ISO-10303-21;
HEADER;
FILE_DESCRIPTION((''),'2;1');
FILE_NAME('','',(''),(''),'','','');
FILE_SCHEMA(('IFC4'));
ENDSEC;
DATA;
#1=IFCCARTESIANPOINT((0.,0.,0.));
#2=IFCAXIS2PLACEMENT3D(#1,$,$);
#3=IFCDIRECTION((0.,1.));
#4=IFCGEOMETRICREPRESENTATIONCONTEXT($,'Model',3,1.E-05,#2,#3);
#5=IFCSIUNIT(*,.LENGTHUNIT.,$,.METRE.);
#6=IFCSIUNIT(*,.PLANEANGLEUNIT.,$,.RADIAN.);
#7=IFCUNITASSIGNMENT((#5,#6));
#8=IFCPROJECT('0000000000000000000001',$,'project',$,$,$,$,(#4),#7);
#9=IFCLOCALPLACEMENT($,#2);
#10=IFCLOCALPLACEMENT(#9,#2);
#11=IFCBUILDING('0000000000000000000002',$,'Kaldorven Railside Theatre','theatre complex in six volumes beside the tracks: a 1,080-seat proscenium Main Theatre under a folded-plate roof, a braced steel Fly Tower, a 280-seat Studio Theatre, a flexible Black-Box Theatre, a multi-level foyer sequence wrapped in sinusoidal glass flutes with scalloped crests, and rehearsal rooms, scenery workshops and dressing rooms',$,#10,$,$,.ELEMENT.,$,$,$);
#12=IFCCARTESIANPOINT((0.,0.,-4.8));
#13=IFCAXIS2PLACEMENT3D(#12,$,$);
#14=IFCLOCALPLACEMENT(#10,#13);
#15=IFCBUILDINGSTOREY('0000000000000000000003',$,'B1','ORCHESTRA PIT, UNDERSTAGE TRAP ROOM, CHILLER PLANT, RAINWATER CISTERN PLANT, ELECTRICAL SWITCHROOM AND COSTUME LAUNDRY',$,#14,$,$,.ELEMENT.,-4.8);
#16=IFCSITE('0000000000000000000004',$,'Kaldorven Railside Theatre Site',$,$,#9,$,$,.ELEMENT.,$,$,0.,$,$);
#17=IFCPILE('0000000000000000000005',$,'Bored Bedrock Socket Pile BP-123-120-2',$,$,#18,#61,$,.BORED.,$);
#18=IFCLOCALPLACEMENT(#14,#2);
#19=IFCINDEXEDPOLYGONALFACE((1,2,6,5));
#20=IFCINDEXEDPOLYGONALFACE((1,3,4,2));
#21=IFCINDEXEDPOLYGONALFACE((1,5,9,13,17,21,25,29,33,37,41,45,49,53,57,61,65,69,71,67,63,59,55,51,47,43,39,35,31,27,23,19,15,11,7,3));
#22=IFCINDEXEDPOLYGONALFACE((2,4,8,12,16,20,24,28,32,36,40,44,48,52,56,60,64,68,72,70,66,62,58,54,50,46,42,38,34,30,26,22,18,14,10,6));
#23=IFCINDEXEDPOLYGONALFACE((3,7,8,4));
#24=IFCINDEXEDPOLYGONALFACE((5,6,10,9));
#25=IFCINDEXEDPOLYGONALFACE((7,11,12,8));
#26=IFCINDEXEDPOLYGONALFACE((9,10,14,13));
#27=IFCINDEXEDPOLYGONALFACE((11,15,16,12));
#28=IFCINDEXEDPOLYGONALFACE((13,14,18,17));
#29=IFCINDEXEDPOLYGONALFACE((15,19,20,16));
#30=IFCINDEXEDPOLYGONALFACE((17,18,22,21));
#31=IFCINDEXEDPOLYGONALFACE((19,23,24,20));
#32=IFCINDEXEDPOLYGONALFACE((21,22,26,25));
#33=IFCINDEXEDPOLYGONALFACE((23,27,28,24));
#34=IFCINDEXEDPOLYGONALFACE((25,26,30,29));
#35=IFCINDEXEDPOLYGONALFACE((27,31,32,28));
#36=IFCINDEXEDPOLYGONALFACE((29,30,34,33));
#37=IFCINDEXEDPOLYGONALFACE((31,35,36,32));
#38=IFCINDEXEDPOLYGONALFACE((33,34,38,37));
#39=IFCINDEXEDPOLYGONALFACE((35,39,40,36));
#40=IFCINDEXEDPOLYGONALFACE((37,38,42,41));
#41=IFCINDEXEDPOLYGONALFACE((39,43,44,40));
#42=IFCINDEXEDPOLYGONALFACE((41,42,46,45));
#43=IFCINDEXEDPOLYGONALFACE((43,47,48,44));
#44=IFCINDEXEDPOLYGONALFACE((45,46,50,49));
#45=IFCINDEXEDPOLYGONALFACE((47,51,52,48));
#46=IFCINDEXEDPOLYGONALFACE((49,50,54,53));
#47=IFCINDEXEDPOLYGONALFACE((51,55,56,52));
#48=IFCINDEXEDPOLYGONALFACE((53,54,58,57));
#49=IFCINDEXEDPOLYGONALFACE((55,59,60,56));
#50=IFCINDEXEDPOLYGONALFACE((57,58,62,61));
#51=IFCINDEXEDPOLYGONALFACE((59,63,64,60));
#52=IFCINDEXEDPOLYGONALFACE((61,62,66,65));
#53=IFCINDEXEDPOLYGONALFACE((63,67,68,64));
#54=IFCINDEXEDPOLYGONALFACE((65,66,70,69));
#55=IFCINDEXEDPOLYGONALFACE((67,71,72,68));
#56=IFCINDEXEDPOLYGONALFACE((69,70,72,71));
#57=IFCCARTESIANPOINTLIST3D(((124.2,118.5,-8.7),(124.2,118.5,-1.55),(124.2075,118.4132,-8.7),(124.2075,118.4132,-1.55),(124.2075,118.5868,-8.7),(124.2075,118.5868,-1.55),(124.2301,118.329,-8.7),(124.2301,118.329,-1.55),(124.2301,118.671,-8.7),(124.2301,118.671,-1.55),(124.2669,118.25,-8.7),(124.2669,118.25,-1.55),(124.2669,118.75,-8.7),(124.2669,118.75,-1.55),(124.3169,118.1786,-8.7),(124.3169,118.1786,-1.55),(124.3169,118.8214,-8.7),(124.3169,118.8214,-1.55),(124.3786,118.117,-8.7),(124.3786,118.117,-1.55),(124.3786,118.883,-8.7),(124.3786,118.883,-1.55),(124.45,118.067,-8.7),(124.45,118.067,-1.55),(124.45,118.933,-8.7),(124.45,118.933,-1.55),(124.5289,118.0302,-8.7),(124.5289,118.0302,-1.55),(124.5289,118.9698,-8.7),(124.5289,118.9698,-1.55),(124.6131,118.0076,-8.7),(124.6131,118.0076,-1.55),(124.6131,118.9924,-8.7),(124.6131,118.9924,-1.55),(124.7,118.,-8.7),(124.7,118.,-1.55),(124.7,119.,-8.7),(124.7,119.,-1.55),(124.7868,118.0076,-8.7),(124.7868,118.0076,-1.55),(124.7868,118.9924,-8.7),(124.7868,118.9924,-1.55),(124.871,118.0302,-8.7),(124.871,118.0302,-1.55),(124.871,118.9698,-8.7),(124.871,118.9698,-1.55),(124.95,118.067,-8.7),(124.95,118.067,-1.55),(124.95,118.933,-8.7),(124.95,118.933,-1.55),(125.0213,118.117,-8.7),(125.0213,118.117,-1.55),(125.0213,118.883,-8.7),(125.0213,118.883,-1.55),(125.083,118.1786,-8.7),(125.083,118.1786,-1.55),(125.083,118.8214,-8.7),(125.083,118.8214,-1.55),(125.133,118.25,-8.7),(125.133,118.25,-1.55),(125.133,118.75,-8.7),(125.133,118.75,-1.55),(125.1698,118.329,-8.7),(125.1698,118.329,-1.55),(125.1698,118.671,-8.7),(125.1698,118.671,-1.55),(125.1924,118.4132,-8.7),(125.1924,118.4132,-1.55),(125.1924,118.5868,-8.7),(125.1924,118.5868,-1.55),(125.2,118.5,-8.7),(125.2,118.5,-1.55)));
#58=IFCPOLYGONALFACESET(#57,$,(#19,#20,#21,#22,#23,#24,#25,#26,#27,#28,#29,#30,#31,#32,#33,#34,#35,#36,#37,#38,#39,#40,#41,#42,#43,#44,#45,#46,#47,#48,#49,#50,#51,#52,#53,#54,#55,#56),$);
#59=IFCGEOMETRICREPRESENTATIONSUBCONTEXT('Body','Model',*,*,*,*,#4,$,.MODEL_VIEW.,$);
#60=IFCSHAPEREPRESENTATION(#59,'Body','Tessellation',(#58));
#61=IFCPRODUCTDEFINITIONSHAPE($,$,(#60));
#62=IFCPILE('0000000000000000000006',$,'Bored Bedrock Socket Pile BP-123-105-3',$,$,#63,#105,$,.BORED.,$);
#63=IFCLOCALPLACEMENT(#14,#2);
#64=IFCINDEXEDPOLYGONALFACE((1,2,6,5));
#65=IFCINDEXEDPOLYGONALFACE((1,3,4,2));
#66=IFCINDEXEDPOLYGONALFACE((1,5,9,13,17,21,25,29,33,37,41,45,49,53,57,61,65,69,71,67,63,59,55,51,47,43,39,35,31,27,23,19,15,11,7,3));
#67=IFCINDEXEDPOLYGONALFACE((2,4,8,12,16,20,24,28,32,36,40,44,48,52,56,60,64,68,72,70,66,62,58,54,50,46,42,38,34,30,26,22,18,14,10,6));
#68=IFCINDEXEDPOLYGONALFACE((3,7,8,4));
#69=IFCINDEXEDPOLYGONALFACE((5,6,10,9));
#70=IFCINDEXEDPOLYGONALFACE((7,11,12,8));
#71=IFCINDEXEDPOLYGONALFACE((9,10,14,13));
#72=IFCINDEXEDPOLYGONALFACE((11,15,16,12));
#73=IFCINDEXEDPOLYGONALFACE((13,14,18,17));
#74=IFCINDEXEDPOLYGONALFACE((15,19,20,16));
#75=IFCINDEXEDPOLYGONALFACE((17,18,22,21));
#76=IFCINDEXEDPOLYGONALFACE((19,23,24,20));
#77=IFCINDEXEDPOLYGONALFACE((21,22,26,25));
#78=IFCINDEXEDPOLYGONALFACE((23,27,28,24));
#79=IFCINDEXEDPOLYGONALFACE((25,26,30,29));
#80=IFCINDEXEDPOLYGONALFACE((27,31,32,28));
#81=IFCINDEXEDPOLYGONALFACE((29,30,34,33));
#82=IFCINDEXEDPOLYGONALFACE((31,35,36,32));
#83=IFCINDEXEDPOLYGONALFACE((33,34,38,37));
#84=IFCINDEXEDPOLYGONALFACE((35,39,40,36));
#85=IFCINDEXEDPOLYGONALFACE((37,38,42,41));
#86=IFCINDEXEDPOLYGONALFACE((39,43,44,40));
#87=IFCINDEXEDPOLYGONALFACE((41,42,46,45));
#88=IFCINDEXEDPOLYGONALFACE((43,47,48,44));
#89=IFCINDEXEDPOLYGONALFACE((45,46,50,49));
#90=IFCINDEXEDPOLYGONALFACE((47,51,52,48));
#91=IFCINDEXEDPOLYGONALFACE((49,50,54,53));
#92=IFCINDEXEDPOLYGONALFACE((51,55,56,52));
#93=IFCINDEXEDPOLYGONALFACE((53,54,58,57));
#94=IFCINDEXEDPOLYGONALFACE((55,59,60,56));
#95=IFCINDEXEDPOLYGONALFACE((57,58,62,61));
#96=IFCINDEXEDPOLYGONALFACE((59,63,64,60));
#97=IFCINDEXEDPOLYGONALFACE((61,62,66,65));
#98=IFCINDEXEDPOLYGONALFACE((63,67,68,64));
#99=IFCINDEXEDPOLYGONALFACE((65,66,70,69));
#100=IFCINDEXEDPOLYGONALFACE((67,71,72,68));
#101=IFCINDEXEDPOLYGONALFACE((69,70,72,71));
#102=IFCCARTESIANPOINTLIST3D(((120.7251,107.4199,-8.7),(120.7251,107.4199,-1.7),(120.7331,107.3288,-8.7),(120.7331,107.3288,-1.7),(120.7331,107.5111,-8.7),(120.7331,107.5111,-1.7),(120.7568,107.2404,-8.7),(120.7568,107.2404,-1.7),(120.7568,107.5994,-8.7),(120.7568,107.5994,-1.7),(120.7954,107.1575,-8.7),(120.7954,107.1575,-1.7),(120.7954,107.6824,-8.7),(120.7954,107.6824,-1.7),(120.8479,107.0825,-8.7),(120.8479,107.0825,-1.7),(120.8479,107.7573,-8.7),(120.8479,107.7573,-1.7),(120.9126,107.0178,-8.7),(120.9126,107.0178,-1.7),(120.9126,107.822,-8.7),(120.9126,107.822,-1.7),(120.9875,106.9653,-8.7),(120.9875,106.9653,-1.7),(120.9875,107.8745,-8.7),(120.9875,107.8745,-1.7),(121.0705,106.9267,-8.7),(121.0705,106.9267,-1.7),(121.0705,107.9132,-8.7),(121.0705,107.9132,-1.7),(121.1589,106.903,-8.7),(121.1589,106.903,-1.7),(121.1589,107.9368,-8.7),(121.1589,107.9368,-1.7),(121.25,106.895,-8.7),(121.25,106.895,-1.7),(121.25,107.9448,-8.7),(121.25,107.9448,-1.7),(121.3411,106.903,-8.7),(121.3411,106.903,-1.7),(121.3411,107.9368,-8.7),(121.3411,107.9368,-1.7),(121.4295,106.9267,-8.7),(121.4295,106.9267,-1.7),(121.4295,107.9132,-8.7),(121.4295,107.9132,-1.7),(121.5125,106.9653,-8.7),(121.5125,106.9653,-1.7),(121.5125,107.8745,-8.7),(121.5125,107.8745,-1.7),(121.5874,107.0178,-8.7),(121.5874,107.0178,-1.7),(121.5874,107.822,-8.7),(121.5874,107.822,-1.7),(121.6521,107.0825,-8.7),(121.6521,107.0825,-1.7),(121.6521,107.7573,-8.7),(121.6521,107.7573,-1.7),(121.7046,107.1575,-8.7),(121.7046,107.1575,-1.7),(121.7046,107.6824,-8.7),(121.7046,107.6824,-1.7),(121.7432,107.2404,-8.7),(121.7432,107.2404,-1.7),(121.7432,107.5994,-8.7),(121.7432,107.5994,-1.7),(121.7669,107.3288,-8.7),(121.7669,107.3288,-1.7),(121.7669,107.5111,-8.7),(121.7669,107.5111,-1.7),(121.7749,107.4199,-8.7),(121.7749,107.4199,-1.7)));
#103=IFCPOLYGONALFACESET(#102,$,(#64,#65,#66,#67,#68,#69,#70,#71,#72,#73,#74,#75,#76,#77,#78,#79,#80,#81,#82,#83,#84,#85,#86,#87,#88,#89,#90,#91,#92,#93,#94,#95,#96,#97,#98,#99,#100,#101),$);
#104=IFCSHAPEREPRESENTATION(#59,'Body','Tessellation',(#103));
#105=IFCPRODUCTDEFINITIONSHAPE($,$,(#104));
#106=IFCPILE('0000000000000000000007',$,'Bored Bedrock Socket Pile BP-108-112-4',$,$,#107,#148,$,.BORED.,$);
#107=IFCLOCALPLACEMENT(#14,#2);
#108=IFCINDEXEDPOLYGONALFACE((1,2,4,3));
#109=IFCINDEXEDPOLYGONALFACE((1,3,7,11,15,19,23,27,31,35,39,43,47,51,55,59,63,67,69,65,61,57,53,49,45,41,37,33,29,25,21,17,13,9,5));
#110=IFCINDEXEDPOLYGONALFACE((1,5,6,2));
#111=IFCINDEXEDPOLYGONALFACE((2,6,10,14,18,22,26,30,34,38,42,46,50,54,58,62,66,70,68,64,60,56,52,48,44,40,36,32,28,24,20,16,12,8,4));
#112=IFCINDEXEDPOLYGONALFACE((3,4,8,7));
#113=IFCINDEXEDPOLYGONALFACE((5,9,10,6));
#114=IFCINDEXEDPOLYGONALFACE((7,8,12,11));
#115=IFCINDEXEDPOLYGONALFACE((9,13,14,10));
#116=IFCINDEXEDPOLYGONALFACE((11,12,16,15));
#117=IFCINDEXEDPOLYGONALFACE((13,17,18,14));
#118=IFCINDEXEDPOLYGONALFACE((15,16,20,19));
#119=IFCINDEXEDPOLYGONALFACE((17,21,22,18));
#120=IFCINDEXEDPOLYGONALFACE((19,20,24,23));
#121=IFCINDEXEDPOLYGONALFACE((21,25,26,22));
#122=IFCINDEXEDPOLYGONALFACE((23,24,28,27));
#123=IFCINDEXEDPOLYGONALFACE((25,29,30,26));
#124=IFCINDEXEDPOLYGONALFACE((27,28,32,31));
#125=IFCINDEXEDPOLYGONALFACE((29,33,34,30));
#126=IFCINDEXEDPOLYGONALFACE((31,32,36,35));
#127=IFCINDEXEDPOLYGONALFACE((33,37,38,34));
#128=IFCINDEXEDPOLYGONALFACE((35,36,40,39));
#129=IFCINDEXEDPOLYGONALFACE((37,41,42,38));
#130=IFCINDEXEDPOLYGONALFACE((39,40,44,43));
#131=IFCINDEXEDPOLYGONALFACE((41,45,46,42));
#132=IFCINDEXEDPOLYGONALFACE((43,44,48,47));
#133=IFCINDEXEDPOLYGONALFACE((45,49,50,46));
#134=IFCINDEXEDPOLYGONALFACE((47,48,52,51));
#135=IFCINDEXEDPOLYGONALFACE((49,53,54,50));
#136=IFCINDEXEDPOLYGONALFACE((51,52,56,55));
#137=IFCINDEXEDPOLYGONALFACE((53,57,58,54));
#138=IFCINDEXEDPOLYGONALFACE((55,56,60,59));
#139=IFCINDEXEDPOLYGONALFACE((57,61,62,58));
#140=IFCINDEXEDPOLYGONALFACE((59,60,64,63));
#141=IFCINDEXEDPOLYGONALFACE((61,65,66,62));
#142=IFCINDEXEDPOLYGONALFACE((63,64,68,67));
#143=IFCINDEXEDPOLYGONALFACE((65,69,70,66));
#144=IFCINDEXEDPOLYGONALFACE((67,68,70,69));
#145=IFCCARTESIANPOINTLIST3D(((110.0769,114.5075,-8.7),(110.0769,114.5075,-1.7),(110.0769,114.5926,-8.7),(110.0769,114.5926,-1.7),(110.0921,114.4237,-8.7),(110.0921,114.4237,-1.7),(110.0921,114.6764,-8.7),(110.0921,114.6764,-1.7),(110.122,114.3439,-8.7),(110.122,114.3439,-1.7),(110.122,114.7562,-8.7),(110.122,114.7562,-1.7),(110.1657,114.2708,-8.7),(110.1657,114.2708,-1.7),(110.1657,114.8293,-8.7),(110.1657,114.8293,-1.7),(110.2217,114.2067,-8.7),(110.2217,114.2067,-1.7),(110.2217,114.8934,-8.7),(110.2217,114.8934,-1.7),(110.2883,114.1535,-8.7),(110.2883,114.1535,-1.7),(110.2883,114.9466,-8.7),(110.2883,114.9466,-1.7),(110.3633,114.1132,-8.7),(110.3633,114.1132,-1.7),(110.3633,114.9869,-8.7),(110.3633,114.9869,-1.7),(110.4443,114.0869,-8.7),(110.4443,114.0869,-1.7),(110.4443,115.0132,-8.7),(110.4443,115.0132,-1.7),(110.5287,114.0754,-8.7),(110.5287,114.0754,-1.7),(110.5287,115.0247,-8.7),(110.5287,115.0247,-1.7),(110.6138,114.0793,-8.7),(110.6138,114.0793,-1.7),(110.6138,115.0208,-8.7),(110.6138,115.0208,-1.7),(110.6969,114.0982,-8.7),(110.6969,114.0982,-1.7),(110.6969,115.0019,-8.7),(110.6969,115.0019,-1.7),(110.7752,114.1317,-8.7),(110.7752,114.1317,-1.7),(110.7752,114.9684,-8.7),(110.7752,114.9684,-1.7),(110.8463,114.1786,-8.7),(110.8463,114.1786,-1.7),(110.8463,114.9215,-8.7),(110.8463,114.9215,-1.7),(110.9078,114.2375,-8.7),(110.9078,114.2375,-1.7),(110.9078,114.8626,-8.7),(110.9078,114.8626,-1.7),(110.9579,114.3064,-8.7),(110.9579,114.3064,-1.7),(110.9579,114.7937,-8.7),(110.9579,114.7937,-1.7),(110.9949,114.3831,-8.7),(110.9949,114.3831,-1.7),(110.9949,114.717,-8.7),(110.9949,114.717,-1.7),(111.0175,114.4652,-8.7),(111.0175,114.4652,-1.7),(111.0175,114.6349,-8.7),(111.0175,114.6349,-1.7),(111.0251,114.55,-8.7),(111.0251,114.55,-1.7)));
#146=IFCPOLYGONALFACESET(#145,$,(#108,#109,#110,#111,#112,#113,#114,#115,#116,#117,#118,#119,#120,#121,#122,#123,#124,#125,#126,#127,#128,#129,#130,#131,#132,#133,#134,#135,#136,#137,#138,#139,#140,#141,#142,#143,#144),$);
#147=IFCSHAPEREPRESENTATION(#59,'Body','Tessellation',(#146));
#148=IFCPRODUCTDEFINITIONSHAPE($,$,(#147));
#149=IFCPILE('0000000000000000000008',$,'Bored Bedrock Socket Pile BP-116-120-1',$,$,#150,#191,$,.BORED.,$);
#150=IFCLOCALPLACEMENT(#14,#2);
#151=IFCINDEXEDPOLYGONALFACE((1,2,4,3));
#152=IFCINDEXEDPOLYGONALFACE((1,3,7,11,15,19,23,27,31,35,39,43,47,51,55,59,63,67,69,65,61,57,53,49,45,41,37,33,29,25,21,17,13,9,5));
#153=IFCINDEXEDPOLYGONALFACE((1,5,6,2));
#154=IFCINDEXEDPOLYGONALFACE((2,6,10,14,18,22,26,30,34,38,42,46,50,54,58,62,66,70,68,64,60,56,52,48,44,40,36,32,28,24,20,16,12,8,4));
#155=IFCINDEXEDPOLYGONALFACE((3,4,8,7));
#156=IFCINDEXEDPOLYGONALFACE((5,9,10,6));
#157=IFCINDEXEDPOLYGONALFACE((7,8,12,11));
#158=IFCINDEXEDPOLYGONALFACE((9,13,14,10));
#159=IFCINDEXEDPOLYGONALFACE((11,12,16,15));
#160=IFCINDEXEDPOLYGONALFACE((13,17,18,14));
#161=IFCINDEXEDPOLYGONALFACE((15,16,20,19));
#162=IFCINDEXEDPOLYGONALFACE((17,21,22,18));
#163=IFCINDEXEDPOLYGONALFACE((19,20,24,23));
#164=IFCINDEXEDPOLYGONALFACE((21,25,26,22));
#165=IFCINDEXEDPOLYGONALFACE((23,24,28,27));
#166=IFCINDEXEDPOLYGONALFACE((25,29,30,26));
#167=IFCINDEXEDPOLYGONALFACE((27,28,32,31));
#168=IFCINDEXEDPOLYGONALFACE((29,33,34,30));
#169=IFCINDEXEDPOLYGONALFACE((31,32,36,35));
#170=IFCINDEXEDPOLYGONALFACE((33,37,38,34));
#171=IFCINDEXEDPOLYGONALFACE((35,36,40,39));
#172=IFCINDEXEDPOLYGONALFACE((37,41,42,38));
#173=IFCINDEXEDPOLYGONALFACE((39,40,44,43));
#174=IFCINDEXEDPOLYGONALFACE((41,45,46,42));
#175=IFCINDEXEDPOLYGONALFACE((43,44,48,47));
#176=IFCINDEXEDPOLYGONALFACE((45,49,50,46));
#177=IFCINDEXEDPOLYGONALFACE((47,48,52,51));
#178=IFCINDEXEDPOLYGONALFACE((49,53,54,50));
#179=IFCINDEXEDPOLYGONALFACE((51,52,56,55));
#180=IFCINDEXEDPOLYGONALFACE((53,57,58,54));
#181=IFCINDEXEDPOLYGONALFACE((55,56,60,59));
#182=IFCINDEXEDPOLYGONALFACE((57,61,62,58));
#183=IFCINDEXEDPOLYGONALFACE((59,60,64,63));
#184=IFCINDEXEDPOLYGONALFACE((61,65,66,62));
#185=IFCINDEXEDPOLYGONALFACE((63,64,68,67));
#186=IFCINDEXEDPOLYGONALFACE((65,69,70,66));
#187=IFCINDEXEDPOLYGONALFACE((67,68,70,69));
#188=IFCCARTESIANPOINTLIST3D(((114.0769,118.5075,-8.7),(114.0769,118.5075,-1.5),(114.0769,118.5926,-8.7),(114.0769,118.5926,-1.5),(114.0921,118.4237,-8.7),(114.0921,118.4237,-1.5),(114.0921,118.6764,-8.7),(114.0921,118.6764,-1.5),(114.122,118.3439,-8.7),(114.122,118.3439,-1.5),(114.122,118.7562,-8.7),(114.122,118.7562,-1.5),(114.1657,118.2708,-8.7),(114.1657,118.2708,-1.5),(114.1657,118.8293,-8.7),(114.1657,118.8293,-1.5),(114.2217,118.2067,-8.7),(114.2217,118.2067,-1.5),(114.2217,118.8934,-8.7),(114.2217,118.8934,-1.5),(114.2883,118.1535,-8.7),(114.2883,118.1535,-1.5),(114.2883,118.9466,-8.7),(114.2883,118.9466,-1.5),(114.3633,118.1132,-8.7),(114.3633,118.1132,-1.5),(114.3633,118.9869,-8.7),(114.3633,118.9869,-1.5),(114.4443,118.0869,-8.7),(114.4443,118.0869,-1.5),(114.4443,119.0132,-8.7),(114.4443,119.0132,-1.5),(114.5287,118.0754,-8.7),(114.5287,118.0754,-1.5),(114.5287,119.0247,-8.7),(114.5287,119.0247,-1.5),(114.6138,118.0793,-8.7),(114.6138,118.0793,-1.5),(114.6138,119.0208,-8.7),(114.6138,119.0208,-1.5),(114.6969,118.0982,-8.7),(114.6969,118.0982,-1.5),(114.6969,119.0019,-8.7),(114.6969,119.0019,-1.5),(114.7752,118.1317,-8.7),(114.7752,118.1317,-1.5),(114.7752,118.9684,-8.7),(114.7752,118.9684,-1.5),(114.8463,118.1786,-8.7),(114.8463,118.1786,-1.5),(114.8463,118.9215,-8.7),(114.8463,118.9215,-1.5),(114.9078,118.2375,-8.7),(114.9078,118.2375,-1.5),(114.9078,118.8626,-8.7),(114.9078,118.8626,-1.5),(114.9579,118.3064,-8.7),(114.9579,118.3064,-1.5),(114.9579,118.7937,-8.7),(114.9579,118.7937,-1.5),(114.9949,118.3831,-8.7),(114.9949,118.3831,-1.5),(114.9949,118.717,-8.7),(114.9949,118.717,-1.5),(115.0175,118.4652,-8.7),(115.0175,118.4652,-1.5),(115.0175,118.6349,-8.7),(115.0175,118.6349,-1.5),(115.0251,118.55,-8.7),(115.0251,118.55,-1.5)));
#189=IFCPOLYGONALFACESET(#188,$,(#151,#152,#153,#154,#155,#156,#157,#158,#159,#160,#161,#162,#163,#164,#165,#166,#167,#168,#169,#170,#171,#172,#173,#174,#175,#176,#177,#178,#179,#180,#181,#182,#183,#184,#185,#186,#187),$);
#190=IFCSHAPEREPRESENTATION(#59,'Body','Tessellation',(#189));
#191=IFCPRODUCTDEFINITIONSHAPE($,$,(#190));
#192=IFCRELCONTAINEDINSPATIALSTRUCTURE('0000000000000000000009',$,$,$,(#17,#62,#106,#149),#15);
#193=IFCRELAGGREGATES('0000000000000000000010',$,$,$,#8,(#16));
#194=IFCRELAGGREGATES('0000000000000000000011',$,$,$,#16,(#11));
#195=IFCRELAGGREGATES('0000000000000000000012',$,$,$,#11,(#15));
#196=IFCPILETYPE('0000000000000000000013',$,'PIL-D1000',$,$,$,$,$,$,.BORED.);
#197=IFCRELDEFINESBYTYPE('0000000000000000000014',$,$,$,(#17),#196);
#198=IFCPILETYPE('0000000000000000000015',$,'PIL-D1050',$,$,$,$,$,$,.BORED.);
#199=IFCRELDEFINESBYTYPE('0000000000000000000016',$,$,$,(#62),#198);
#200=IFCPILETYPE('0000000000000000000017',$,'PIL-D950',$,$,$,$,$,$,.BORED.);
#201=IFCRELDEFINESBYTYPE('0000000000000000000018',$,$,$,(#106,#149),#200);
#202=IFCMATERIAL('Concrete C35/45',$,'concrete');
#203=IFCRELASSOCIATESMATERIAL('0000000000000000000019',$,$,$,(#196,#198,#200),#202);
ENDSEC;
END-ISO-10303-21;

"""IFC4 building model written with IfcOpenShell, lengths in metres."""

from ifc_helpers import new_model, si_unit, direction, frame, origin, origin_2d, place, context, subcontext, project, spatial, circle, extrude, material, material_profile, profile_set, type_object, element, save


model = new_model("IFC4")

# Units and contexts
model_context = context("Model", 3, precision=1e-05, world=origin(), true_north=direction((0.0, 1.0)))
body_context = subcontext(model_context, "Body", "Model", "MODEL_VIEW")
ifc_project = project(units=[si_unit("LENGTHUNIT", "METRE"), si_unit("PLANEANGLEUNIT", "RADIAN")], contexts=[model_context])

# Site, building, storey
site_placement = place(None, origin())
site = spatial("IfcSite", under=ifc_project, at=site_placement, Name="Kaldorven Railside Theatre Site", CompositionType="ELEMENT", RefElevation=0.0)
building_placement = place(site_placement, origin())
building = spatial("IfcBuilding", under=site, at=building_placement, Name="Kaldorven Railside Theatre", Description="theatre complex in six volumes beside the tracks: a 1,080-seat proscenium Main Theatre under a folded-plate roof, a braced steel Fly Tower, a 280-seat Studio Theatre, a flexible Black-Box Theatre, a multi-level foyer sequence wrapped in sinusoidal glass flutes with scalloped crests, and rehearsal rooms, scenery workshops and dressing rooms", CompositionType="ELEMENT")
storey_placement = place(building_placement, frame((0.0, 0.0, -4.8)))
storey = spatial("IfcBuildingStorey", under=building, at=storey_placement, Name="B1", Description="ORCHESTRA PIT, UNDERSTAGE TRAP ROOM, CHILLER PLANT, RAINWATER CISTERN PLANT, ELECTRICAL SWITCHROOM AND COSTUME LAUNDRY", CompositionType="ELEMENT", Elevation=-4.8)

# Piles
ifc_material_1 = material(Name="Concrete C35/45", Category="concrete")
ifc_material_profile_1 = material_profile(ifc_material_1, circle(Radius=0.5, at=origin_2d()), Name="BP D1000")
ifc_profile_set_1 = profile_set([ifc_material_profile_1], Name="Concrete C35/45")
pile_type_1 = type_object("IfcPileType", Name="PIL-D1000", PredefinedType="BORED", material=ifc_profile_set_1)
for number, where, z_axis, x_axis, name in (
    (1, (124.7, 118.5, -1.55), (0.0, 0.0, -1.0), (1.0, 0.0, 0.0), "Bored Bedrock Socket Pile BP-123-120-2"),
):
    element("IfcPile", number, at=place(storey_placement, frame(where, z_axis=z_axis, x_axis=x_axis)), inside=storey, type_object=pile_type_1, Name=name, PredefinedType="BORED", context=body_context, shape_type="SweptSolid", body=[
        extrude(circle(Radius=0.5, at=origin_2d()), origin(), (0.0, 0.0, 1.0), 7.1499),
    ])
ifc_material_profile_2 = material_profile(ifc_material_1, circle(Radius=0.5249, at=origin_2d()), Name="BP D1050")
ifc_profile_set_2 = profile_set([ifc_material_profile_2], Name="Concrete C35/45")
pile_type_2 = type_object("IfcPileType", Name="PIL-D1050", PredefinedType="BORED", material=ifc_profile_set_2)
pile_1_placement = place(storey_placement, frame((121.25, 107.4199, -1.7), z_axis=(0.0, 0.0, -1.0), x_axis=(1.0, 0.0, 0.0)))
element("IfcPile", 2, at=pile_1_placement, inside=storey, type_object=pile_type_2, Name="Bored Bedrock Socket Pile BP-123-105-3", PredefinedType="BORED", context=body_context, shape_type="SweptSolid", body=[
    extrude(circle(Radius=0.5249, at=origin_2d()), origin(), (0.0, 0.0, 1.0), 7.0),
])
ifc_material_profile_3 = material_profile(ifc_material_1, circle(Radius=0.4751, at=origin_2d()), Name="BP D950")
ifc_profile_set_3 = profile_set([ifc_material_profile_3], Name="Concrete C35/45")
pile_type_3 = type_object("IfcPileType", Name="PIL-D950", PredefinedType="BORED", material=ifc_profile_set_3)
pile_2_placement = place(storey_placement, frame((110.55, 114.55, -1.7), z_axis=(0.0, 0.0, -1.0), x_axis=(1.0, 0.0, 0.0)))
element("IfcPile", 3, at=pile_2_placement, inside=storey, type_object=pile_type_3, Name="Bored Bedrock Socket Pile BP-108-112-4", PredefinedType="BORED", context=body_context, shape_type="SweptSolid", body=[
    extrude(circle(Radius=0.4751, at=origin_2d()), origin(), (0.0, 0.0, 1.0), 7.0),
])
for number, where, z_axis, x_axis, name in (
    (4, (114.55, 118.55, -1.5), (0.0, 0.0, -1.0), (1.0, 0.0, 0.0), "Bored Bedrock Socket Pile BP-116-120-1"),
):
    element("IfcPile", number, at=place(storey_placement, frame(where, z_axis=z_axis, x_axis=x_axis)), inside=storey, type_object=pile_type_3, Name=name, PredefinedType="BORED", context=body_context, shape_type="SweptSolid", body=[
        extrude(circle(Radius=0.4751, at=origin_2d()), origin(), (0.0, 0.0, 1.0), 7.2),
    ])

save(model, "model.ifc")
